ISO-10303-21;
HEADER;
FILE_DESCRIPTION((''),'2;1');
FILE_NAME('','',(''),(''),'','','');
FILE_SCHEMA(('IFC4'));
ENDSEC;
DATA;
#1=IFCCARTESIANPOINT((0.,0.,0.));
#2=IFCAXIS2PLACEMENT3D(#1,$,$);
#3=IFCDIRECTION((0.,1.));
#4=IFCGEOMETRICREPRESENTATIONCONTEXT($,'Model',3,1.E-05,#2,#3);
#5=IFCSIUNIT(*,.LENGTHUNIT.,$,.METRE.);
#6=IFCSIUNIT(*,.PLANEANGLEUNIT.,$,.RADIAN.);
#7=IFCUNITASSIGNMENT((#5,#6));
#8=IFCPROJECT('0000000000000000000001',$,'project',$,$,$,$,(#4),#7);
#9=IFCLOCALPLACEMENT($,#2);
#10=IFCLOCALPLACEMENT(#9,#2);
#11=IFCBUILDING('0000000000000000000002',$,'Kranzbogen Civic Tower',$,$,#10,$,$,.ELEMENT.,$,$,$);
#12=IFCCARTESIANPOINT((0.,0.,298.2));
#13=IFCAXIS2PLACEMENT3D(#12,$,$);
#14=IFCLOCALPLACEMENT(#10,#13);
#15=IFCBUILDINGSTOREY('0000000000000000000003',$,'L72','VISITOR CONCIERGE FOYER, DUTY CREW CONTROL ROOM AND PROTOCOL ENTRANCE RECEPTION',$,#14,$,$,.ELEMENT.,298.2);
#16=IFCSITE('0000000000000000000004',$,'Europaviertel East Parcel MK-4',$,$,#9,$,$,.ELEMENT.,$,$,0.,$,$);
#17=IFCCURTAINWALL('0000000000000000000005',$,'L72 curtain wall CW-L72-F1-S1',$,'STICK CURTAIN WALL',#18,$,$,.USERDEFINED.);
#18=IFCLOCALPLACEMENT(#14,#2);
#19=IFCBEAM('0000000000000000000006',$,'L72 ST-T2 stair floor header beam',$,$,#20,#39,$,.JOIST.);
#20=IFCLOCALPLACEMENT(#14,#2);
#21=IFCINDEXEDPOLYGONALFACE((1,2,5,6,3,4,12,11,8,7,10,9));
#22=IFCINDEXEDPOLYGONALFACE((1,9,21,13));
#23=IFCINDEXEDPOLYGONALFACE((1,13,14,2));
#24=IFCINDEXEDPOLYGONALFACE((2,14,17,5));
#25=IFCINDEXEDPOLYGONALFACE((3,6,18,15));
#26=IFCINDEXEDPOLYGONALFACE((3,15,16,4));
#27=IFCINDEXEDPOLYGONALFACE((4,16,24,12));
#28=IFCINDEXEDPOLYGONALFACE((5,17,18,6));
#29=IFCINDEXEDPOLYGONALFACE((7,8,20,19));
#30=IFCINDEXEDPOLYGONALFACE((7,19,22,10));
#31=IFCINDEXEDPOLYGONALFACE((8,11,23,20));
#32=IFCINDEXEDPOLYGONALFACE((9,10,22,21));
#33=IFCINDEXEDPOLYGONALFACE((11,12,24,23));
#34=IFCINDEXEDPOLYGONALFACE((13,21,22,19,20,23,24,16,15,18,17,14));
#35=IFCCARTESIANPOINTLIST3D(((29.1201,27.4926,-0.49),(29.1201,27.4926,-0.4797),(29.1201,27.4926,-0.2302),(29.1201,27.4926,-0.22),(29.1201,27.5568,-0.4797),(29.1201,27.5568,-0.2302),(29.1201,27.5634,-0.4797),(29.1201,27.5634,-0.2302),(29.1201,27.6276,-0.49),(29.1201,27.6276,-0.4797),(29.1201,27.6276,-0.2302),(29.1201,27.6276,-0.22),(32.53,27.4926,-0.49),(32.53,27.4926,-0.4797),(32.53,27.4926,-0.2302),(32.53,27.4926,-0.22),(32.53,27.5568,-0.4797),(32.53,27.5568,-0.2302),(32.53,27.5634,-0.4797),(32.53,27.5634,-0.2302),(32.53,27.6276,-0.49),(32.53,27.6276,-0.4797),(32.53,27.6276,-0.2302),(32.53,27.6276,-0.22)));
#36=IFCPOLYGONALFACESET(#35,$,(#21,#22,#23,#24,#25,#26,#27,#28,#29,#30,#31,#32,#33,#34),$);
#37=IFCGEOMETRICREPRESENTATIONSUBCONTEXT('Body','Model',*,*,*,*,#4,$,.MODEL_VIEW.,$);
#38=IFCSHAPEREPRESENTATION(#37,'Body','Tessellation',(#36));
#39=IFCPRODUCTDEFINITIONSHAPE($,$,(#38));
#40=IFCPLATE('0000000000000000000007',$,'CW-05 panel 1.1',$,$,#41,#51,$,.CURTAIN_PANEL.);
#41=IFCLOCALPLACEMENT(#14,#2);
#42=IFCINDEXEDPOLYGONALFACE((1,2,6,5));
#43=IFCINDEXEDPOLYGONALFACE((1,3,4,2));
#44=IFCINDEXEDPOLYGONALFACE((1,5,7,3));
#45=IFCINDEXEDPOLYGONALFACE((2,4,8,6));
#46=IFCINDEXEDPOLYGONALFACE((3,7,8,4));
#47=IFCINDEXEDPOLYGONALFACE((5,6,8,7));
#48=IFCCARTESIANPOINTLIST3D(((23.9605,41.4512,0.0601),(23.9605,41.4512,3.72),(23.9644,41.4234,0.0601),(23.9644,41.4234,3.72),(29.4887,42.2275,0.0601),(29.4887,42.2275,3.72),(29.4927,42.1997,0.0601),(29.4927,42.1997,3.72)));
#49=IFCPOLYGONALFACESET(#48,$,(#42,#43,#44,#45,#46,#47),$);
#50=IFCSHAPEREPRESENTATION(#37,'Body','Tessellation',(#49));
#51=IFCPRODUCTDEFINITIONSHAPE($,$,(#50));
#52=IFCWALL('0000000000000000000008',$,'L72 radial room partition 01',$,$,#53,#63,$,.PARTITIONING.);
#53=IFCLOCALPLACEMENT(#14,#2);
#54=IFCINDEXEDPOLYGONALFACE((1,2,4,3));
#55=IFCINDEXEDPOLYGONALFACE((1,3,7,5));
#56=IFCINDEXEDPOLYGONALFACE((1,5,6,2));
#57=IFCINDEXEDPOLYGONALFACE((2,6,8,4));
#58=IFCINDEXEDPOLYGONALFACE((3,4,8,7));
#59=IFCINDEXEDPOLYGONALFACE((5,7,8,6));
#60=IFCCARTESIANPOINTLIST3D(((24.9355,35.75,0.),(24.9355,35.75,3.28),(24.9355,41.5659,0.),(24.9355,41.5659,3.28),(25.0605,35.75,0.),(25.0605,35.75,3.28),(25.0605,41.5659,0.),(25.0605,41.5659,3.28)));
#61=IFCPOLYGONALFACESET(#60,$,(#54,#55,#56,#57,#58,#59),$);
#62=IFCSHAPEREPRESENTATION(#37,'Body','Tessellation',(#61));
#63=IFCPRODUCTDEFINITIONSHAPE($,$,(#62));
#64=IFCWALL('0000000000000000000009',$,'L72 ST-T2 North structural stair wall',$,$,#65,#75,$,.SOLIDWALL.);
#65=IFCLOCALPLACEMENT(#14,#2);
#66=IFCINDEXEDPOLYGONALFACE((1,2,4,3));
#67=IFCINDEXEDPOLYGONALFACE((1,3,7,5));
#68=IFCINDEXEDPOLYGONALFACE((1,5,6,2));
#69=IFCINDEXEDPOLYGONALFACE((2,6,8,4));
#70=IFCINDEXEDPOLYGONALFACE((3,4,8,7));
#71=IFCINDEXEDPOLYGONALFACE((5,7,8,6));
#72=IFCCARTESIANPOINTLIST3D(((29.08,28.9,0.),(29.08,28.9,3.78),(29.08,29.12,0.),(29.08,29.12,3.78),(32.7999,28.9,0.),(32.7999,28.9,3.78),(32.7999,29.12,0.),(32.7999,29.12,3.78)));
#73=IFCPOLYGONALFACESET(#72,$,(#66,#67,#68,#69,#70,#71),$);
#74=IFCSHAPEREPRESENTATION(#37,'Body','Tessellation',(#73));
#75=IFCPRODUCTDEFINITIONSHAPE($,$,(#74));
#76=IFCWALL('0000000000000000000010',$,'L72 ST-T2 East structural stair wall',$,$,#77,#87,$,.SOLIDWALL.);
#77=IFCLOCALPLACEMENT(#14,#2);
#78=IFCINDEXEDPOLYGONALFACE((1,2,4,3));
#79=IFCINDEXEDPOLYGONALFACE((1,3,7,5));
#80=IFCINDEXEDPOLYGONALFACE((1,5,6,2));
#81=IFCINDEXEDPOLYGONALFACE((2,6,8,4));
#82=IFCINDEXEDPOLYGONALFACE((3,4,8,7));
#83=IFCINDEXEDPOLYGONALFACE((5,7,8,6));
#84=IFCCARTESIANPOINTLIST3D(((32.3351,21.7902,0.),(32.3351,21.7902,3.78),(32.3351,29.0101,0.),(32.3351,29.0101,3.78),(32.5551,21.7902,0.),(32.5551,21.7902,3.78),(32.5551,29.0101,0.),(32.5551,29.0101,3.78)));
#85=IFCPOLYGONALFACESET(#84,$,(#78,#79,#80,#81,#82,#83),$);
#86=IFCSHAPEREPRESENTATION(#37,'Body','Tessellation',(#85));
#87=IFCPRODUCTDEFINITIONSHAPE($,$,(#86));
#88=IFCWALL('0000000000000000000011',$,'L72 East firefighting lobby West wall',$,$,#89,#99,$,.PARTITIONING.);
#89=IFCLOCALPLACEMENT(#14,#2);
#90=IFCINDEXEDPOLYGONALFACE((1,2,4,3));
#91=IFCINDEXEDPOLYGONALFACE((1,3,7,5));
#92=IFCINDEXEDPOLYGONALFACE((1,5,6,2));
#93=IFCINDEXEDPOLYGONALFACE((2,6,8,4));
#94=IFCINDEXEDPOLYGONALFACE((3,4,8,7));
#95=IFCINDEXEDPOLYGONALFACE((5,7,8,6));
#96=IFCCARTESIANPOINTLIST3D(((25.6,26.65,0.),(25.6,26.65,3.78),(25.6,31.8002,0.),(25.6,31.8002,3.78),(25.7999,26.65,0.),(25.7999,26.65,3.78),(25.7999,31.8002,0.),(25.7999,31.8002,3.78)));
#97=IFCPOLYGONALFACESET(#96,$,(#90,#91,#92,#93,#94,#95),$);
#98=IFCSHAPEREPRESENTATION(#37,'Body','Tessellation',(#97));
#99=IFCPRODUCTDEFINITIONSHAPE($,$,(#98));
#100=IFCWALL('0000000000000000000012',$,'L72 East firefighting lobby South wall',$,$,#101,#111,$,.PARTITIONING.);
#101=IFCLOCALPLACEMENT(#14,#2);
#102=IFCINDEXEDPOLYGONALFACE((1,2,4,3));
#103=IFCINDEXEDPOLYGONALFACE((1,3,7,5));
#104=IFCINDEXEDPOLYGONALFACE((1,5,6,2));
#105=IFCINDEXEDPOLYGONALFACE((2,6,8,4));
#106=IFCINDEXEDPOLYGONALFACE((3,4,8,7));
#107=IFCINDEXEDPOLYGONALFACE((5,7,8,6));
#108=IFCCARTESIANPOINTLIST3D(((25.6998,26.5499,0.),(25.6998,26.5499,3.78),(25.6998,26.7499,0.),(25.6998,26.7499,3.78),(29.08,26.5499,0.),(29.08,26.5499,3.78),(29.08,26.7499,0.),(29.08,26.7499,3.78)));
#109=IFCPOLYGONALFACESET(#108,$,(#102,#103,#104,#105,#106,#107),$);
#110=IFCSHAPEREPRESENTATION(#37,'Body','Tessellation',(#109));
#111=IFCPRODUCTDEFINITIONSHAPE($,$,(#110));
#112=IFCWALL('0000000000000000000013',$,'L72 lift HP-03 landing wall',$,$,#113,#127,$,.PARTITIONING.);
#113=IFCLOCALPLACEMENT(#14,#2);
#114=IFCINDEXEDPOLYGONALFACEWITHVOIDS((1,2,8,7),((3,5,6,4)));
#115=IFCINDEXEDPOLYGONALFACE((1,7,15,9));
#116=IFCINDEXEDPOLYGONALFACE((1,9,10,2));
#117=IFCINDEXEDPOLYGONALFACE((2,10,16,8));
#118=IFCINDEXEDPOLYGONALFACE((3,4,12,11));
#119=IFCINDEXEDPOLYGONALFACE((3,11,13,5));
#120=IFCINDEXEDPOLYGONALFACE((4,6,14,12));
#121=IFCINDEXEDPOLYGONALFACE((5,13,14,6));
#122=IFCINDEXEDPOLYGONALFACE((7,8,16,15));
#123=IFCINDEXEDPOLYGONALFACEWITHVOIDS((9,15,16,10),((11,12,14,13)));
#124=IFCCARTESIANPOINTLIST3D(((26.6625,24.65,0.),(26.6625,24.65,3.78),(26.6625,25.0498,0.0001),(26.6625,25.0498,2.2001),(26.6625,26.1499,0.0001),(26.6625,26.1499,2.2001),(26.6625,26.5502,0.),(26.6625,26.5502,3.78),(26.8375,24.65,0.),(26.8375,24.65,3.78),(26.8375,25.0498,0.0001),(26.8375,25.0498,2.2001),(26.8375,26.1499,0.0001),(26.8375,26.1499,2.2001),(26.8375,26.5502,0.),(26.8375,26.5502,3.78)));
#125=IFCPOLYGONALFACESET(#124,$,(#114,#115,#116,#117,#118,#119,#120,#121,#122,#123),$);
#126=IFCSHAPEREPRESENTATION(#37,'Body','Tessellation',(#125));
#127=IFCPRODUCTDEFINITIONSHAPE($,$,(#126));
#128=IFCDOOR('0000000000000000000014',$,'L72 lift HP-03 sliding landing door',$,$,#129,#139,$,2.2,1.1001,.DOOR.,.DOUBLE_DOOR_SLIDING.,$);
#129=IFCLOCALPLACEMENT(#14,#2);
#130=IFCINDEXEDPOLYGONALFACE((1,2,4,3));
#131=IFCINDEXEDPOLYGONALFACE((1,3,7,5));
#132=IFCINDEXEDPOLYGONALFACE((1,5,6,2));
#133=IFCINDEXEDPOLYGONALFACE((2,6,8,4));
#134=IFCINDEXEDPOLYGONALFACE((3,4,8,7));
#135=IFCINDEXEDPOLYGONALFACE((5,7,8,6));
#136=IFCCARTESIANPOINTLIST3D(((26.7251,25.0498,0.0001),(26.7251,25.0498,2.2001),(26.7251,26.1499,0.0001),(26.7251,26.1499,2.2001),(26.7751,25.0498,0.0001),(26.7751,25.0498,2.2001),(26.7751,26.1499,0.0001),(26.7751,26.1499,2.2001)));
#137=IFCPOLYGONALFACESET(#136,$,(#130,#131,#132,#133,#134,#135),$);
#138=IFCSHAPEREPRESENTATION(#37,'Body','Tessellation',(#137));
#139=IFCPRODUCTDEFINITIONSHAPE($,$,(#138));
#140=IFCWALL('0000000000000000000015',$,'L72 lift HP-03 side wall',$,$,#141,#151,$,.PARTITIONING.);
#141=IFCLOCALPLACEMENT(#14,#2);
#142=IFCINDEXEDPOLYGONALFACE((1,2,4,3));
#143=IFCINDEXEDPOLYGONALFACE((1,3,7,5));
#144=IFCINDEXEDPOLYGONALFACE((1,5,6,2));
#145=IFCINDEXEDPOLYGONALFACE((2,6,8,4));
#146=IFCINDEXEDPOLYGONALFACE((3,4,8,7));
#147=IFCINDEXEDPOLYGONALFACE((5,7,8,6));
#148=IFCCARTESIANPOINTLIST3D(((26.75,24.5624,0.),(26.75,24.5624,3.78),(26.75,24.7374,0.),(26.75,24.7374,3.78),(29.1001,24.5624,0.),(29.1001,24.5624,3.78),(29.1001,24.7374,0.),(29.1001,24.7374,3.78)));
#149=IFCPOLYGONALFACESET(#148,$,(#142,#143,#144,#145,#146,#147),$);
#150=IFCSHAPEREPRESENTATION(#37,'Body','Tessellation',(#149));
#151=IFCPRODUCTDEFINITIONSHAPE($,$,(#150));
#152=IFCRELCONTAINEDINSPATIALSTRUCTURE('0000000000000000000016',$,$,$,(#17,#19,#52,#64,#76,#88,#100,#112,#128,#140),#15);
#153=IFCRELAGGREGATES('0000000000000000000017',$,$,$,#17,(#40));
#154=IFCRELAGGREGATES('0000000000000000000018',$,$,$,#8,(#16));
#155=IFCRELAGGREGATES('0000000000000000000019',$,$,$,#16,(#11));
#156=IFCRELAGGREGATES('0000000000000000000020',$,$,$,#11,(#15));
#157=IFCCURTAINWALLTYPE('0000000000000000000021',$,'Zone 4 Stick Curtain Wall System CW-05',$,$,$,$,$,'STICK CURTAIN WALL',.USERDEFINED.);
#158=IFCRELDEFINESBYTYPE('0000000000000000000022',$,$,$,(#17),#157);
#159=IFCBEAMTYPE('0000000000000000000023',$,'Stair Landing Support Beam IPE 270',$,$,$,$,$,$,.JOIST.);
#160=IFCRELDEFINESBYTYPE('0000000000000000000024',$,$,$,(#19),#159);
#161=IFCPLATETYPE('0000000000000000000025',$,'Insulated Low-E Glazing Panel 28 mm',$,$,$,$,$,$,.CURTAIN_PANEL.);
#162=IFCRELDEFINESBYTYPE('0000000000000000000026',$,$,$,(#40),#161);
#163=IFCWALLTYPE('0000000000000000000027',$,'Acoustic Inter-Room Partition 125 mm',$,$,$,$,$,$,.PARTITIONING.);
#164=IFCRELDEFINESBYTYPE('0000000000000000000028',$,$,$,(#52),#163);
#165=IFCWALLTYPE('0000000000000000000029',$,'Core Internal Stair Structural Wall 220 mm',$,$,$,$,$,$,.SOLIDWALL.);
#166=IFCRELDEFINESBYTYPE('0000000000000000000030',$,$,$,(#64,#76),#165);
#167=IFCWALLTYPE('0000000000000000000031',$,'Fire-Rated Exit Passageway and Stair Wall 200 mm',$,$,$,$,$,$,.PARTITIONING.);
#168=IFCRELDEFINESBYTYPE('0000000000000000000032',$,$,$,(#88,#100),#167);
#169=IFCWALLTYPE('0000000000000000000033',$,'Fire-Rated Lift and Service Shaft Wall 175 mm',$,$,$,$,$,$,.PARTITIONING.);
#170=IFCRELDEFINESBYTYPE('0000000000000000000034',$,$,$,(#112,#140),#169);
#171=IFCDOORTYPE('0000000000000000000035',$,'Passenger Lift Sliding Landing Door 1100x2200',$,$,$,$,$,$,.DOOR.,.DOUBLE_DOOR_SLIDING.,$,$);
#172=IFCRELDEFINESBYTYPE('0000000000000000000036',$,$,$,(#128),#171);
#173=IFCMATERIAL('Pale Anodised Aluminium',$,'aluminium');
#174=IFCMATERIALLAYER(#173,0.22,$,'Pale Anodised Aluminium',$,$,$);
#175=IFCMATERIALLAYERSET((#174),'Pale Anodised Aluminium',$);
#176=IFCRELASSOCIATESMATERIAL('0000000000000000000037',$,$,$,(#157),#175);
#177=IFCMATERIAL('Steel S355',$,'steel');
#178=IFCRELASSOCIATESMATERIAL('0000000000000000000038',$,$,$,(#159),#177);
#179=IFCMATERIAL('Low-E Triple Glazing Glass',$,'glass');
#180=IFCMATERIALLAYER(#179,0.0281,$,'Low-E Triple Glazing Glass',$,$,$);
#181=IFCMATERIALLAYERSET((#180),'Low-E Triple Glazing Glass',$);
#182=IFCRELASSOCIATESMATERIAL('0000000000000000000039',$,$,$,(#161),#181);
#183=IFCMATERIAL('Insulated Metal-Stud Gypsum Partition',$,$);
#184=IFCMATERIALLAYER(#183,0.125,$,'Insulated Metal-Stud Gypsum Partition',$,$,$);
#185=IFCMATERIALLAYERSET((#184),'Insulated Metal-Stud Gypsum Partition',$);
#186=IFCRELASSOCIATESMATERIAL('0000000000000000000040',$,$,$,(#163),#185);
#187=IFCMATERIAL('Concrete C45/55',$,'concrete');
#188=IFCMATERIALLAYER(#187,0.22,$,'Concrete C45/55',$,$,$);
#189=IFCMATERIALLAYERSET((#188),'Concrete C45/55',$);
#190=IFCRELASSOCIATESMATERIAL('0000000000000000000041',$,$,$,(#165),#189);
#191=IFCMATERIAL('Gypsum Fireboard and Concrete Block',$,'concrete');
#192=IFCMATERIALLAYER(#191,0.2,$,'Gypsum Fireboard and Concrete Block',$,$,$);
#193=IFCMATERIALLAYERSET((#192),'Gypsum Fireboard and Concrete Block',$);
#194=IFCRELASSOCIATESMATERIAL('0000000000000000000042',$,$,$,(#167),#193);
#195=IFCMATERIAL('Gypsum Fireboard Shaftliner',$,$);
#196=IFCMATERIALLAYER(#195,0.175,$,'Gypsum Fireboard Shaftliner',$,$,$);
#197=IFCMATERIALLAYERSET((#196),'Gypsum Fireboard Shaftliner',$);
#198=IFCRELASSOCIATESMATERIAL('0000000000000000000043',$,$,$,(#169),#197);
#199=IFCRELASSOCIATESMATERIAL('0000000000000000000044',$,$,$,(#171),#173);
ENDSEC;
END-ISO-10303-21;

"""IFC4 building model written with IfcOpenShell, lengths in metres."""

from ifc_helpers import new_model, si_unit, direction, frame, frame_2d, origin, origin_2d, place, context, subcontext, project, spatial, rectangle, i_section, extrude, material, layer, layer_set, material_profile, profile_set, type_object, element, fill, aggregate, save


model = new_model("IFC4")

# Units and contexts
model_context = context("Model", 3, precision=1e-05, world=origin(), true_north=direction((0.0, 1.0)))
body_context = subcontext(model_context, "Body", "Model", "MODEL_VIEW")
ifc_project = project(units=[si_unit("LENGTHUNIT", "METRE"), si_unit("PLANEANGLEUNIT", "RADIAN")], contexts=[model_context])

# Site, building, storey
site_placement = place(None, origin())
site = spatial("IfcSite", under=ifc_project, at=site_placement, Name="Europaviertel East Parcel MK-4", CompositionType="ELEMENT", RefElevation=0.0)
building_placement = place(site_placement, origin())
building = spatial("IfcBuilding", under=site, at=building_placement, Name="Kranzbogen Civic Tower", CompositionType="ELEMENT")
storey_placement = place(building_placement, frame((0.0, 0.0, 298.2)))
storey = spatial("IfcBuildingStorey", under=building, at=storey_placement, Name="L72", Description="VISITOR CONCIERGE FOYER, DUTY CREW CONTROL ROOM AND PROTOCOL ENTRANCE RECEPTION", CompositionType="ELEMENT", Elevation=298.2)

# Shared definitions
ifc_material_1 = material(Name="Steel S355", Category="steel")

# Curtain wall
ifc_material_2 = material(Name="Pale Anodised Aluminium", Category="aluminium")
ifc_layer_1 = layer(ifc_material_2, 0.22, Name="Pale Anodised Aluminium")
ifc_layer_set_1 = layer_set([ifc_layer_1], Name="Pale Anodised Aluminium")
curtain_wall_type = type_object("IfcCurtainWallType", Name="Zone 4 Stick Curtain Wall System CW-05", ElementType="STICK CURTAIN WALL", PredefinedType="USERDEFINED", material=ifc_layer_set_1)
curtain_wall_placement = place(storey_placement, origin())
curtain_wall = element("IfcCurtainWall", 1, at=curtain_wall_placement, inside=storey, type_object=curtain_wall_type, Name="L72 curtain wall CW-L72-F1-S1", ObjectType="STICK CURTAIN WALL", PredefinedType="USERDEFINED")

# Beam
ifc_material_profile_1 = material_profile(ifc_material_1, i_section(OverallWidth=0.135, OverallDepth=0.27, WebThickness=0.0066, FlangeThickness=0.0103, at=origin_2d()), Name="IPE 270")
ifc_profile_set_1 = profile_set([ifc_material_profile_1], Name="Steel S355")
beam_type_1 = type_object("IfcBeamType", Name="Stair Landing Support Beam IPE 270", PredefinedType="JOIST", material=ifc_profile_set_1)
beam_1_placement = place(storey_placement, frame((29.1201, 27.5601, -0.355), z_axis=(1.0, 0.0, 0.0), x_axis=(0.0, 1.0, 0.0)))
element("IfcBeam", 2, at=beam_1_placement, inside=storey, type_object=beam_type_1, Name="L72 ST-T2 stair floor header beam", PredefinedType="JOIST", context=body_context, shape_type="SweptSolid", body=[
    extrude(i_section(OverallWidth=0.135, OverallDepth=0.27, WebThickness=0.0066, FlangeThickness=0.0103, at=origin_2d()), origin(), (0.0, 0.0, 1.0), 3.4099),
])

# Plate
ifc_material_3 = material(Name="Low-E Triple Glazing Glass", Category="glass")
ifc_layer_2 = layer(ifc_material_3, 0.0281, Name="Low-E Triple Glazing Glass")
ifc_layer_set_2 = layer_set([ifc_layer_2], Name="Low-E Triple Glazing Glass")
plate_type = type_object("IfcPlateType", Name="Insulated Low-E Glazing Panel 28 mm", PredefinedType="CURTAIN_PANEL", material=ifc_layer_set_2)
plate_placement = place(storey_placement, frame((26.7266, 41.8254, 0.0601), z_axis=(0.0, 0.0, 1.0), x_axis=(-0.990283, -0.139064, 0.0)))
plate = element("IfcPlate", 3, at=plate_placement, type_object=plate_type, Name="CW-05 panel 1.1", PredefinedType="CURTAIN_PANEL", context=body_context, shape_type="SweptSolid", body=[
    extrude(rectangle(XDim=5.5825, YDim=0.0281, at=origin_2d()), origin(), (0.0, 0.0, 1.0), 3.6599),
])
aggregate(curtain_wall, [plate])

# Walls
ifc_material_4 = material(Name="Insulated Metal-Stud Gypsum Partition")
ifc_layer_3 = layer(ifc_material_4, 0.125, Name="Insulated Metal-Stud Gypsum Partition")
ifc_layer_set_3 = layer_set([ifc_layer_3], Name="Insulated Metal-Stud Gypsum Partition")
wall_type_1 = type_object("IfcWallType", Name="Acoustic Inter-Room Partition 125 mm", PredefinedType="PARTITIONING", material=ifc_layer_set_3)
wall_1_placement = place(storey_placement, frame((24.998, 35.75, 0.0), z_axis=(0.0, 0.0, 1.0), x_axis=(0.0, 1.0, 0.0)))
element("IfcWall", 4, at=wall_1_placement, inside=storey, type_object=wall_type_1, Name="L72 radial room partition 01", PredefinedType="PARTITIONING", context=body_context, shape_type="SweptSolid", body=[
    extrude(rectangle(XDim=5.8159, YDim=0.125, at=frame_2d((2.908, 0.0))), origin(), (0.0, 0.0, 1.0), 3.28),
])
ifc_material_5 = material(Name="Concrete C45/55", Category="concrete")
ifc_layer_4 = layer(ifc_material_5, 0.22, Name="Concrete C45/55")
ifc_layer_set_4 = layer_set([ifc_layer_4], Name="Concrete C45/55")
wall_type_2 = type_object("IfcWallType", Name="Core Internal Stair Structural Wall 220 mm", PredefinedType="SOLIDWALL", material=ifc_layer_set_4)
wall_2_placement = place(storey_placement, frame((29.0801, 29.01, 0.0), z_axis=(0.0, 0.0, 1.0), x_axis=(1.0, 0.0, 0.0)))
element("IfcWall", 5, at=wall_2_placement, inside=storey, type_object=wall_type_2, Name="L72 ST-T2 North structural stair wall", PredefinedType="SOLIDWALL", context=body_context, shape_type="SweptSolid", body=[
    extrude(rectangle(XDim=3.72, YDim=0.22, at=frame_2d((1.8599, 0.0))), origin(), (0.0, 0.0, 1.0), 3.78),
])
wall_3_placement = place(storey_placement, frame((32.4451, 29.01, 0.0), z_axis=(0.0, 0.0, 1.0), x_axis=(0.0, -1.0, 0.0)))
element("IfcWall", 6, at=wall_3_placement, inside=storey, type_object=wall_type_2, Name="L72 ST-T2 East structural stair wall", PredefinedType="SOLIDWALL", context=body_context, shape_type="SweptSolid", body=[
    extrude(rectangle(XDim=7.22, YDim=0.22, at=frame_2d((3.6099, 0.0))), origin(), (0.0, 0.0, 1.0), 3.78),
])
ifc_material_6 = material(Name="Gypsum Fireboard and Concrete Block", Category="concrete")
ifc_layer_5 = layer(ifc_material_6, 0.2, Name="Gypsum Fireboard and Concrete Block")
ifc_layer_set_5 = layer_set([ifc_layer_5], Name="Gypsum Fireboard and Concrete Block")
wall_type_3 = type_object("IfcWallType", Name="Fire-Rated Exit Passageway and Stair Wall 200 mm", PredefinedType="PARTITIONING", material=ifc_layer_set_5)
wall_4_placement = place(storey_placement, frame((25.7, 26.6499, 0.0), z_axis=(0.0, 0.0, 1.0), x_axis=(0.0, 1.0, 0.0)))
element("IfcWall", 7, at=wall_4_placement, inside=storey, type_object=wall_type_3, Name="L72 East firefighting lobby West wall", PredefinedType="PARTITIONING", context=body_context, shape_type="SweptSolid", body=[
    extrude(rectangle(XDim=5.1501, YDim=0.2, at=frame_2d((2.5752, 0.0))), origin(), (0.0, 0.0, 1.0), 3.78),
])
wall_5_placement = place(storey_placement, frame((25.7, 26.6499, 0.0), z_axis=(0.0, 0.0, 1.0), x_axis=(1.0, 0.0, 0.0)))
element("IfcWall", 8, at=wall_5_placement, inside=storey, type_object=wall_type_3, Name="L72 East firefighting lobby South wall", PredefinedType="PARTITIONING", context=body_context, shape_type="SweptSolid", body=[
    extrude(rectangle(XDim=3.3801, YDim=0.2, at=frame_2d((1.6899, 0.0))), origin(), (0.0, 0.0, 1.0), 3.78),
])

# Wall, opening, door
ifc_material_7 = material(Name="Gypsum Fireboard Shaftliner")
ifc_layer_6 = layer(ifc_material_7, 0.175, Name="Gypsum Fireboard Shaftliner")
ifc_layer_set_6 = layer_set([ifc_layer_6], Name="Gypsum Fireboard Shaftliner")
wall_type_4 = type_object("IfcWallType", Name="Fire-Rated Lift and Service Shaft Wall 175 mm", PredefinedType="PARTITIONING", material=ifc_layer_set_6)
wall_6_placement = place(storey_placement, frame((26.75, 24.6499, 0.0), z_axis=(0.0, 0.0, 1.0), x_axis=(0.0, 1.0, 0.0)))
wall_6 = element("IfcWall", 9, at=wall_6_placement, inside=storey, type_object=wall_type_4, Name="L72 lift HP-03 landing wall", PredefinedType="PARTITIONING", context=body_context, shape_type="SweptSolid", body=[
    extrude(rectangle(XDim=1.9001, YDim=0.175, at=frame_2d((0.9502, 0.0))), origin(), (0.0, 0.0, 1.0), 3.78),
])
opening_1_placement = place(wall_6_placement, frame((0.3999, 0.0, 0.0)))
opening_1 = element("IfcOpeningElement", 10, at=opening_1_placement, cuts=wall_6, PredefinedType="OPENING", context=body_context, shape_type="SweptSolid", body=[
    extrude(rectangle(XDim=1.1001, YDim=2.2, at=frame_2d((0.55, 1.1001))), frame((0.0, 0.0977, 0.0), z_axis=(0.0, -1.0, 0.0), x_axis=(1.0, 0.0, 0.0)), (0.0, 0.0, 1.0), 0.1951),
])
door_type_1 = type_object("IfcDoorType", Name="Passenger Lift Sliding Landing Door 1100x2200", OperationType="DOUBLE_DOOR_SLIDING", PredefinedType="DOOR", material=ifc_material_2)
door_1_placement = place(opening_1_placement, origin())
door_1 = element("IfcDoor", 11, at=door_1_placement, inside=storey, type_object=door_type_1, Name="L72 lift HP-03 sliding landing door", OperationType="DOUBLE_DOOR_SLIDING", OverallHeight=2.2, OverallWidth=1.1001, PredefinedType="DOOR", context=body_context, shape_type="SweptSolid", body=[
    extrude(rectangle(XDim=1.1001, YDim=2.2, at=frame_2d((0.55, 1.1001))), frame((0.0, 0.0249, 0.0), z_axis=(0.0, -1.0, 0.0), x_axis=(1.0, 0.0, 0.0)), (0.0, 0.0, 1.0), 0.05),
])
fill(opening_1, door_1)

# Wall
wall_7_placement = place(storey_placement, frame((26.75, 24.6499, 0.0), z_axis=(0.0, 0.0, 1.0), x_axis=(1.0, 0.0, 0.0)))
element("IfcWall", 12, at=wall_7_placement, inside=storey, type_object=wall_type_4, Name="L72 lift HP-03 side wall", PredefinedType="PARTITIONING", context=body_context, shape_type="SweptSolid", body=[
    extrude(rectangle(XDim=2.3501, YDim=0.175, at=frame_2d((1.175, 0.0))), origin(), (0.0, 0.0, 1.0), 3.78),
])

save(model, "model.ifc")
